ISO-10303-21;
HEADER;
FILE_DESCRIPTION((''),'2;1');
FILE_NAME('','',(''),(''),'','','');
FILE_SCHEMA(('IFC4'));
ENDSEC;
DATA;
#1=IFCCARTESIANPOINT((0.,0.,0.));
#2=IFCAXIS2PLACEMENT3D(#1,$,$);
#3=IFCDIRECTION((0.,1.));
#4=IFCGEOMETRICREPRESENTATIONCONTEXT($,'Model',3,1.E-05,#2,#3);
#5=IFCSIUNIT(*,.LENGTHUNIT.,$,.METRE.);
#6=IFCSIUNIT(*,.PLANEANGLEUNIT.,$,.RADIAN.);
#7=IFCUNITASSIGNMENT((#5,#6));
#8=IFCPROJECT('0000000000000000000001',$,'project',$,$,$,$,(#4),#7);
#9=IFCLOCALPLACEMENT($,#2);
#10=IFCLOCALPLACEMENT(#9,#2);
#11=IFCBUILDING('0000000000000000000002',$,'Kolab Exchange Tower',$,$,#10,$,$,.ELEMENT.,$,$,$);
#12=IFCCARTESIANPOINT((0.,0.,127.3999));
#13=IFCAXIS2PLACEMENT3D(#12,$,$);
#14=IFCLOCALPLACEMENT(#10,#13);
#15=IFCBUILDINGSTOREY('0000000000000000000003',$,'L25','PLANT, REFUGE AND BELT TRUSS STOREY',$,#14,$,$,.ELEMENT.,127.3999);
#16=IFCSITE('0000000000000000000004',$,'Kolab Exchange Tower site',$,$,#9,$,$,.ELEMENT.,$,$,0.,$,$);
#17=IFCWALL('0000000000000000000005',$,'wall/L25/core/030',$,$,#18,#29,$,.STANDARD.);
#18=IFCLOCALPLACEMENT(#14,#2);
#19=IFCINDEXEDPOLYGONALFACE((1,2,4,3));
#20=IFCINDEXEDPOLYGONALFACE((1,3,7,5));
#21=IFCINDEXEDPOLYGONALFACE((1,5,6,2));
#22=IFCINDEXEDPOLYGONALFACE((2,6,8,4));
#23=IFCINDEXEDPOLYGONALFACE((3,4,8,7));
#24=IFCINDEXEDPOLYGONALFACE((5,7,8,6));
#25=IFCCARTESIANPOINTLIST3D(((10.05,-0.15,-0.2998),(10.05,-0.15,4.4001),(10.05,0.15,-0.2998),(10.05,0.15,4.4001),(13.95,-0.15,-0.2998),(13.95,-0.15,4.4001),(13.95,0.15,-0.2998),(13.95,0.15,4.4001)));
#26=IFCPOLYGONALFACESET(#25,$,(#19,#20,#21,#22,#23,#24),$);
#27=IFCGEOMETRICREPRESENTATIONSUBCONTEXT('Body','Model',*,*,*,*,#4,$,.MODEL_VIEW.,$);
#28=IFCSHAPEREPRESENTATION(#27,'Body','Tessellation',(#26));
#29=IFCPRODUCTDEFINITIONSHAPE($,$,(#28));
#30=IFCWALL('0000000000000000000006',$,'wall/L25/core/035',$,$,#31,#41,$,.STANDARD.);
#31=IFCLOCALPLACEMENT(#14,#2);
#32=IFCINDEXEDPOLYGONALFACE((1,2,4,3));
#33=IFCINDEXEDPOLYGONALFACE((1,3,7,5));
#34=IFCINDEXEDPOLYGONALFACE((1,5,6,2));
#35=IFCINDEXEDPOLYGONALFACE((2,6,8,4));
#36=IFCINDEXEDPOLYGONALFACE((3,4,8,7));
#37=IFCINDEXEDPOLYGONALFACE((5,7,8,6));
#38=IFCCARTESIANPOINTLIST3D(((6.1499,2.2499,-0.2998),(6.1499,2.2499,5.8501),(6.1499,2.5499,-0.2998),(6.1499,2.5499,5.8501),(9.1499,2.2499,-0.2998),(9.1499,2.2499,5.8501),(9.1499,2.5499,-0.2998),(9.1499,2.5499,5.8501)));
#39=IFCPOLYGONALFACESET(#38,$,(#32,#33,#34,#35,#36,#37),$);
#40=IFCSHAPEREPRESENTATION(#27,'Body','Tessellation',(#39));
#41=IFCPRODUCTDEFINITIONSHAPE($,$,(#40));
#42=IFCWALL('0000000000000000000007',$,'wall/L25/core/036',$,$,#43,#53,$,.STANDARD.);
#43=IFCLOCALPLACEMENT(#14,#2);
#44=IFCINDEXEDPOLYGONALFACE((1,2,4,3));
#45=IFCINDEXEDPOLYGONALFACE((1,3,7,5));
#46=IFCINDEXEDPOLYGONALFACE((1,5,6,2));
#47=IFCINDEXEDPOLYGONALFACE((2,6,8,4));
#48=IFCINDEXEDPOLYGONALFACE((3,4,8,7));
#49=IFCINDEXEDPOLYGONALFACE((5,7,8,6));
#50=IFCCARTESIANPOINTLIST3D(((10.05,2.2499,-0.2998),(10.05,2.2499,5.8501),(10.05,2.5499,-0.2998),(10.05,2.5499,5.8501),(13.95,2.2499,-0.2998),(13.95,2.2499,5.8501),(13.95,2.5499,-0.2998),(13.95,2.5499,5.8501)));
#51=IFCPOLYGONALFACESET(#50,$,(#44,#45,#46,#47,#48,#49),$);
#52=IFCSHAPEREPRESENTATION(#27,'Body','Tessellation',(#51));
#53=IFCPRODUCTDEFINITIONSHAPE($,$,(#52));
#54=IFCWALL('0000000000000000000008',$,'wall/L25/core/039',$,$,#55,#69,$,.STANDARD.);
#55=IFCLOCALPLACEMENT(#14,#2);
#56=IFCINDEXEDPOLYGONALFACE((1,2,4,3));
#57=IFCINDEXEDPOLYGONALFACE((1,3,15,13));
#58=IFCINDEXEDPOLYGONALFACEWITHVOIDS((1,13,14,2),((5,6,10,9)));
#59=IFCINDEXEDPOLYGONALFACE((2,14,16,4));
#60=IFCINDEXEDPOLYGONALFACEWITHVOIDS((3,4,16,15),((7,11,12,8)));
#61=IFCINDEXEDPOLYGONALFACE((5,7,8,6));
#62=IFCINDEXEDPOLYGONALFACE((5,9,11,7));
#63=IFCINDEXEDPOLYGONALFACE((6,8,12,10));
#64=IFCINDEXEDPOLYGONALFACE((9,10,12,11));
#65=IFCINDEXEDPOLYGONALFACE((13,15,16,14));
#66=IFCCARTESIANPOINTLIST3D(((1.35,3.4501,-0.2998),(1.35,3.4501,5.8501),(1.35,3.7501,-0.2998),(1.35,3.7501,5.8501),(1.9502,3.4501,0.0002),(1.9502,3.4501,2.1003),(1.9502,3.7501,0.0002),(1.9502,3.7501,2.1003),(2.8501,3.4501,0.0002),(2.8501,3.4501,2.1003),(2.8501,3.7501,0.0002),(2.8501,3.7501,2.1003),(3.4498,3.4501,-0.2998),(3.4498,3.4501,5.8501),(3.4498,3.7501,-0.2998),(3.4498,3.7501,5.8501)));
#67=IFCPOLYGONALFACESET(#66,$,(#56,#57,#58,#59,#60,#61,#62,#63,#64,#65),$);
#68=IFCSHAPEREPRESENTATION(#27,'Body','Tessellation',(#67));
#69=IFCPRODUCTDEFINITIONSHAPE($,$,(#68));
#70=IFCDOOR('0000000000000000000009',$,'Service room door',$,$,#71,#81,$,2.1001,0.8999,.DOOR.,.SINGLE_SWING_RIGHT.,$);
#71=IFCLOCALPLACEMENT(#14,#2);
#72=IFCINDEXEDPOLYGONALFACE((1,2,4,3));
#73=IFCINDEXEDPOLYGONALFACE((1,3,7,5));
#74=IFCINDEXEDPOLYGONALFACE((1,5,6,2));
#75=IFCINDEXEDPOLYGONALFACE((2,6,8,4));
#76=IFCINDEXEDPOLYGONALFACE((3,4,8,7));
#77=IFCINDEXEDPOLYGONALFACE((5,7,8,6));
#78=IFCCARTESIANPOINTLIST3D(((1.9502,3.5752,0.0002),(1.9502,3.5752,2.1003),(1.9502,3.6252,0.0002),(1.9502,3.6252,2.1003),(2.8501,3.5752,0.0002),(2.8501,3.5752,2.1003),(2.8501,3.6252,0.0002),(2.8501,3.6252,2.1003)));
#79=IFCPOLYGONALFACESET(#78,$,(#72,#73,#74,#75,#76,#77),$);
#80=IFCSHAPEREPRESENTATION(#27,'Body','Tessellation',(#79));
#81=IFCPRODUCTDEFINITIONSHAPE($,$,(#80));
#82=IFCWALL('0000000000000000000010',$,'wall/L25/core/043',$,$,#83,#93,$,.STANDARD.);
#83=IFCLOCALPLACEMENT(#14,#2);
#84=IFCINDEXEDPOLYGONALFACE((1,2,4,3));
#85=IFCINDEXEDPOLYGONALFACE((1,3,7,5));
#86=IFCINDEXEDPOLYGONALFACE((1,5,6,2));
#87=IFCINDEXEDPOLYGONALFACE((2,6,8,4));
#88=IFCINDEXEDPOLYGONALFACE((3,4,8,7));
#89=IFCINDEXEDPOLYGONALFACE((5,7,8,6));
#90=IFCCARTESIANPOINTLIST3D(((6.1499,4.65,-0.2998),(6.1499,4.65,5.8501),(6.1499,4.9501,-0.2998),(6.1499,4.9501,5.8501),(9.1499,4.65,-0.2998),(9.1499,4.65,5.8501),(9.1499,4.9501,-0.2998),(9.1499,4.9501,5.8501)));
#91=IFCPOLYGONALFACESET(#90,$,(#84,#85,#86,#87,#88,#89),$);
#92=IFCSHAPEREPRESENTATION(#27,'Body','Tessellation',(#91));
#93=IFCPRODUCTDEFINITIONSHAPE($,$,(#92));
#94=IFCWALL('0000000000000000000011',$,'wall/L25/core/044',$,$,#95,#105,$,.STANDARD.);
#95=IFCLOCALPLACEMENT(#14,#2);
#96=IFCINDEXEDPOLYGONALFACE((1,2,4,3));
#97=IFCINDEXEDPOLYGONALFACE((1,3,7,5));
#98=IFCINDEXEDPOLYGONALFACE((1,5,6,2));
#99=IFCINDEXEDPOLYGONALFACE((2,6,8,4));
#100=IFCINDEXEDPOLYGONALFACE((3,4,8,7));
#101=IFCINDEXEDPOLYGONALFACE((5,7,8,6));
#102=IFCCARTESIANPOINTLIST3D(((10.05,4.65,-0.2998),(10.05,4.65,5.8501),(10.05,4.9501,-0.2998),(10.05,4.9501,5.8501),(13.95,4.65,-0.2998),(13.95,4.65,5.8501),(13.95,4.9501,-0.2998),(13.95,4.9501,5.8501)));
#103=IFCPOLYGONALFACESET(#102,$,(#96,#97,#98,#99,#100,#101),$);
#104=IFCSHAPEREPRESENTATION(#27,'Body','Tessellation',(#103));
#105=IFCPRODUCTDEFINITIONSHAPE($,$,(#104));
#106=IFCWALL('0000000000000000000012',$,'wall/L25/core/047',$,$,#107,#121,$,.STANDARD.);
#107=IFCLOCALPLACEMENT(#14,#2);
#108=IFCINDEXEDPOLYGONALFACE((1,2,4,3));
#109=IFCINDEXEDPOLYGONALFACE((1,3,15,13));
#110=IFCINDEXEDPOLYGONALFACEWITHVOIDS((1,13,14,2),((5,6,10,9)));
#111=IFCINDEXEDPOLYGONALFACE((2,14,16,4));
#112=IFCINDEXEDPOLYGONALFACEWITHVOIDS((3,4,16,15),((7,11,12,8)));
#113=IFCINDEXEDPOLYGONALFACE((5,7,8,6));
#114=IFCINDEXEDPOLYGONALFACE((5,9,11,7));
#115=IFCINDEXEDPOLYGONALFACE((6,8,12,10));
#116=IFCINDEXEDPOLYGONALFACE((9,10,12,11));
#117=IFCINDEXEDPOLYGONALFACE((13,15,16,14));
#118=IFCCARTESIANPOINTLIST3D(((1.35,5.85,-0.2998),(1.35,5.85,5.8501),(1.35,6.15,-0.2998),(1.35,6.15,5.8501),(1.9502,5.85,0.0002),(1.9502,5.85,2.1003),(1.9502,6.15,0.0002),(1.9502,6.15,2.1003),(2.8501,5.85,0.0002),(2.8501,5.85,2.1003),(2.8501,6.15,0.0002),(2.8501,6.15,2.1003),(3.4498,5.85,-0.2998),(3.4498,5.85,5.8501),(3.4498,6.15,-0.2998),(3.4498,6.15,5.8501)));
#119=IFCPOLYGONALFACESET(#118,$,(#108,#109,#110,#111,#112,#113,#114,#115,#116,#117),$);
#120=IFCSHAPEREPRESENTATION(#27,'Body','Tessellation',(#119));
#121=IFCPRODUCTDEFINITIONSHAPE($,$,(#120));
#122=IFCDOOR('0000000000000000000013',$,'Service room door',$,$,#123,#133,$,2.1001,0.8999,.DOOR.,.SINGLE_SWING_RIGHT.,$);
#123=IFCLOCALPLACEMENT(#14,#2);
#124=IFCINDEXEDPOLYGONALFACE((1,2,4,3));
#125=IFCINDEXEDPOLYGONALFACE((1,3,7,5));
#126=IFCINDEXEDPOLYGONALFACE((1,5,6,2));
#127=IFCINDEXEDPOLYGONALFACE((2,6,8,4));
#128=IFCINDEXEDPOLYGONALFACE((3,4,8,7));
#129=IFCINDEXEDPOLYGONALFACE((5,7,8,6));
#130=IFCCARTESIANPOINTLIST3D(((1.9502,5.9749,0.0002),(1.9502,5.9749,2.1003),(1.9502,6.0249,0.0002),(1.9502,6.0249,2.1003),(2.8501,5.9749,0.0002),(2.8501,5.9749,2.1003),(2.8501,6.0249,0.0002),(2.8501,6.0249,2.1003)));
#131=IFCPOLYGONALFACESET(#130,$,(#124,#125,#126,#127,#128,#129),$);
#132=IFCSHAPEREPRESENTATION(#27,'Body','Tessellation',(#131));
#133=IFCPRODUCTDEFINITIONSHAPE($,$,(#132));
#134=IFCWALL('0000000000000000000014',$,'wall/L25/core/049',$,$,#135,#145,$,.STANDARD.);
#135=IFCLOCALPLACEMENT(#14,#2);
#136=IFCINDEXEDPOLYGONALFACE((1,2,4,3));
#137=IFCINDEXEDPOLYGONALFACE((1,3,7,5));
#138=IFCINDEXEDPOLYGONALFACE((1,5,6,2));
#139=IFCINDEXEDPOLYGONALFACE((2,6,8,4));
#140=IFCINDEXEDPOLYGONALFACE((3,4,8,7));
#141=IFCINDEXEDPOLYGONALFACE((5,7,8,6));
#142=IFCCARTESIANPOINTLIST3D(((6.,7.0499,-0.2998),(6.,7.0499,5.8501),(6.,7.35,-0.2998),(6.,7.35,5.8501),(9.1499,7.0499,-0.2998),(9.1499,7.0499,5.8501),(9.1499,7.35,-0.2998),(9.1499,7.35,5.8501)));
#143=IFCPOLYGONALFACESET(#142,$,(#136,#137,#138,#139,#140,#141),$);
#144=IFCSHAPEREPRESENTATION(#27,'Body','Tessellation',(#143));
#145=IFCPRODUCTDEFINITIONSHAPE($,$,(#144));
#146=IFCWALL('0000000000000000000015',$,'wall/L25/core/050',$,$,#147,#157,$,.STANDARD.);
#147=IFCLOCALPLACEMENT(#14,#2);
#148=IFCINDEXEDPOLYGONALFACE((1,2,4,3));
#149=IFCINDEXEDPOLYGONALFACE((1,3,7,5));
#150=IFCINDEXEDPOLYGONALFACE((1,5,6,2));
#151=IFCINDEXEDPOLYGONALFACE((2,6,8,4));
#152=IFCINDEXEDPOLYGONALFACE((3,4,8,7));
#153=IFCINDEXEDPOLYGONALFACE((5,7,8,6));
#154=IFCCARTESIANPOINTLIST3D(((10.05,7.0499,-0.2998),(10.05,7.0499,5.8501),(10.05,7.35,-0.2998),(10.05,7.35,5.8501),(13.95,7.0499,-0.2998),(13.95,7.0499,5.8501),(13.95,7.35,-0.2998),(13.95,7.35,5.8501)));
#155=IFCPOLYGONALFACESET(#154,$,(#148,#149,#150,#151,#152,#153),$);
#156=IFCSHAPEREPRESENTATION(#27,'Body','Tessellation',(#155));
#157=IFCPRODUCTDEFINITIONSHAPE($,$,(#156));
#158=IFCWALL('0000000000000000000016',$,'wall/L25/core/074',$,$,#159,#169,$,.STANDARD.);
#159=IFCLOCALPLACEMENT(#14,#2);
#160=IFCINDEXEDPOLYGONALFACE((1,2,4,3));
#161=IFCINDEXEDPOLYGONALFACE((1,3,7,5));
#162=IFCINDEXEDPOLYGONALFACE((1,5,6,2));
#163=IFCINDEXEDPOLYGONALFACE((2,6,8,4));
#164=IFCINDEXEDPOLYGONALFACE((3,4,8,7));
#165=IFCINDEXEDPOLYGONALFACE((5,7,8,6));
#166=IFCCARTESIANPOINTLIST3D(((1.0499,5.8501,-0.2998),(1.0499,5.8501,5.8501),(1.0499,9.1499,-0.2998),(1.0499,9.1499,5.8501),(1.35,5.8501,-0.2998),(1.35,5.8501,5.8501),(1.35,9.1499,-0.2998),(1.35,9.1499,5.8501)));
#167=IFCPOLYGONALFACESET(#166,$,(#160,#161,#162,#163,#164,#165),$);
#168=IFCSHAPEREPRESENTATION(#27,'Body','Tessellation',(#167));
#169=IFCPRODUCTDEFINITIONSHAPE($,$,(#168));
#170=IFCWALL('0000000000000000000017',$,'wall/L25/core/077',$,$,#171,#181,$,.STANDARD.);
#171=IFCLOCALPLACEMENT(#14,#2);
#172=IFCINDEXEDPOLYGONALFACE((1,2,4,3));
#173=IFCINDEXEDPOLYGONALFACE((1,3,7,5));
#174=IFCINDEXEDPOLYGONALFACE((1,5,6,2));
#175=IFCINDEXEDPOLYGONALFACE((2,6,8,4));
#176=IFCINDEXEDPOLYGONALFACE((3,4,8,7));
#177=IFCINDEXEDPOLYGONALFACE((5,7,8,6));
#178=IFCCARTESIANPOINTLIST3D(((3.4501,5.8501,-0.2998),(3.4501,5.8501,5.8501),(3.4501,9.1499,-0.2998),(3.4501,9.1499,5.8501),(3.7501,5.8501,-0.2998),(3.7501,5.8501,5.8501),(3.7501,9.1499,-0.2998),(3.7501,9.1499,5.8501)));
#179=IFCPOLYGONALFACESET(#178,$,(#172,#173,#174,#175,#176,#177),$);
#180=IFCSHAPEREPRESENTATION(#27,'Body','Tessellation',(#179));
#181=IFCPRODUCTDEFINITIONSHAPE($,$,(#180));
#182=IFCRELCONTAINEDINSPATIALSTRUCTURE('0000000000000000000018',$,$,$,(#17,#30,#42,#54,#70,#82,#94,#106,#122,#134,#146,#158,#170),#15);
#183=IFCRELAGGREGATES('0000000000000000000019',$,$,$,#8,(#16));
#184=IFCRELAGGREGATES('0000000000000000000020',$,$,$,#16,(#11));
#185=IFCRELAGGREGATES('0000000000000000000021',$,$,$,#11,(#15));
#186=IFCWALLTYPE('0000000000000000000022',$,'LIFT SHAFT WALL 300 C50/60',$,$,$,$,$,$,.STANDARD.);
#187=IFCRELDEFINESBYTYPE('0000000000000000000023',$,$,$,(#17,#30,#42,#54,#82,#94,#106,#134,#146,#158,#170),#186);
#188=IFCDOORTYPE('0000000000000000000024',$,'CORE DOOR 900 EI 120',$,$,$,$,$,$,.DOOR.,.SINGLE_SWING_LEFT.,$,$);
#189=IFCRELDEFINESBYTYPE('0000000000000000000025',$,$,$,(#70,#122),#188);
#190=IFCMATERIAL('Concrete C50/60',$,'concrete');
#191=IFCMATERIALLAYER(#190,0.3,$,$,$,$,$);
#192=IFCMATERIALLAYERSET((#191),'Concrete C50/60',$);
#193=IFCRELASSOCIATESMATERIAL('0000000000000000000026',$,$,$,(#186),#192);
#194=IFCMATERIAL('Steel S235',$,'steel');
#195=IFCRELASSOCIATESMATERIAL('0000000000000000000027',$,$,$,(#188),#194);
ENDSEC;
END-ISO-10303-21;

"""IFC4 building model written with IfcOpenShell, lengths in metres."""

from ifc_helpers import new_model, si_unit, direction, frame, frame_2d, origin, place, context, subcontext, project, spatial, rectangle, extrude, material, layer, layer_set, type_object, element, fill, save


model = new_model("IFC4")

# Units and contexts
model_context = context("Model", 3, precision=1e-05, world=origin(), true_north=direction((0.0, 1.0)))
body_context = subcontext(model_context, "Body", "Model", "MODEL_VIEW")
ifc_project = project(units=[si_unit("LENGTHUNIT", "METRE"), si_unit("PLANEANGLEUNIT", "RADIAN")], contexts=[model_context])

# Site, building, storey
site_placement = place(None, origin())
site = spatial("IfcSite", under=ifc_project, at=site_placement, Name="Kolab Exchange Tower site", CompositionType="ELEMENT", RefElevation=0.0)
building_placement = place(site_placement, origin())
building = spatial("IfcBuilding", under=site, at=building_placement, Name="Kolab Exchange Tower", CompositionType="ELEMENT")
storey_placement = place(building_placement, frame((0.0, 0.0, 127.3999)))
storey = spatial("IfcBuildingStorey", under=building, at=storey_placement, Name="L25", Description="PLANT, REFUGE AND BELT TRUSS STOREY", CompositionType="ELEMENT", Elevation=127.3999)

# Walls
ifc_material_1 = material(Name="Concrete C50/60", Category="concrete")
ifc_layer_1 = layer(ifc_material_1, 0.3)
ifc_layer_set_1 = layer_set([ifc_layer_1], Name="Concrete C50/60")
wall_type_1 = type_object("IfcWallType", Name="LIFT SHAFT WALL 300 C50/60", PredefinedType="STANDARD", material=ifc_layer_set_1)
wall_1_placement = place(storey_placement, frame((10.05, 0.0, -0.2998), z_axis=(0.0, 0.0, 1.0), x_axis=(1.0, 0.0, 0.0)))
element("IfcWall", 1, at=wall_1_placement, inside=storey, type_object=wall_type_1, Name="wall/L25/core/030", PredefinedType="STANDARD", context=body_context, shape_type="SweptSolid", body=[
    extrude(rectangle(XDim=3.8999, YDim=0.3, at=frame_2d((1.95, 0.0))), origin(), (0.0, 0.0, 1.0), 4.7),
])
wall_2_placement = place(storey_placement, frame((6.1499, 2.3999, -0.2998), z_axis=(0.0, 0.0, 1.0), x_axis=(1.0, 0.0, 0.0)))
element("IfcWall", 2, at=wall_2_placement, inside=storey, type_object=wall_type_1, Name="wall/L25/core/035", PredefinedType="STANDARD", context=body_context, shape_type="SweptSolid", body=[
    extrude(rectangle(XDim=3.0, YDim=0.3, at=frame_2d((1.5, 0.0))), origin(), (0.0, 0.0, 1.0), 6.1499),
])
wall_3_placement = place(storey_placement, frame((10.05, 2.3999, -0.2998), z_axis=(0.0, 0.0, 1.0), x_axis=(1.0, 0.0, 0.0)))
element("IfcWall", 3, at=wall_3_placement, inside=storey, type_object=wall_type_1, Name="wall/L25/core/036", PredefinedType="STANDARD", context=body_context, shape_type="SweptSolid", body=[
    extrude(rectangle(XDim=3.8999, YDim=0.3, at=frame_2d((1.95, 0.0))), origin(), (0.0, 0.0, 1.0), 6.1499),
])

# Wall, opening, door
wall_4_placement = place(storey_placement, frame((1.3501, 3.6001, -0.2998), z_axis=(0.0, 0.0, 1.0), x_axis=(1.0, 0.0, 0.0)))
wall_4 = element("IfcWall", 4, at=wall_4_placement, inside=storey, type_object=wall_type_1, Name="wall/L25/core/039", PredefinedType="STANDARD", context=body_context, shape_type="SweptSolid", body=[
    extrude(rectangle(XDim=2.0999, YDim=0.3, at=frame_2d((1.0498, 0.0))), origin(), (0.0, 0.0, 1.0), 6.1499),
])
opening_1_placement = place(wall_4_placement, frame((0.6001, 0.0, 0.3)))
opening_1 = element("IfcOpeningElement", 5, at=opening_1_placement, cuts=wall_4, PredefinedType="OPENING", context=body_context, shape_type="SweptSolid", body=[
    extrude(rectangle(XDim=0.8999, YDim=2.1001, at=frame_2d((0.45, 1.05))), frame((0.0, 0.1602, 0.0), z_axis=(0.0, -1.0, 0.0), x_axis=(1.0, 0.0, 0.0)), (0.0, 0.0, 1.0), 0.3201),
])
ifc_material_2 = material(Name="Steel S235", Category="steel")
door_type_1 = type_object("IfcDoorType", Name="CORE DOOR 900 EI 120", OperationType="SINGLE_SWING_LEFT", PredefinedType="DOOR", material=ifc_material_2)
door_1_placement = place(opening_1_placement, frame((0.8999, 0.0, 0.0), z_axis=(0.0, 0.0, 1.0), x_axis=(-1.0, 0.0, 0.0)))
door_1 = element("IfcDoor", 6, at=door_1_placement, inside=storey, type_object=door_type_1, Name="Service room door", OperationType="SINGLE_SWING_RIGHT", OverallHeight=2.1001, OverallWidth=0.8999, PredefinedType="DOOR", context=body_context, shape_type="SweptSolid", body=[
    extrude(rectangle(XDim=0.8999, YDim=2.1001, at=frame_2d((0.45, 1.05))), frame((0.0, 0.0249, 0.0), z_axis=(0.0, -1.0, 0.0), x_axis=(1.0, 0.0, 0.0)), (0.0, 0.0, 1.0), 0.05),
])
fill(opening_1, door_1)

# Walls
wall_5_placement = place(storey_placement, frame((6.1499, 4.8, -0.2998), z_axis=(0.0, 0.0, 1.0), x_axis=(1.0, 0.0, 0.0)))
element("IfcWall", 7, at=wall_5_placement, inside=storey, type_object=wall_type_1, Name="wall/L25/core/043", PredefinedType="STANDARD", context=body_context, shape_type="SweptSolid", body=[
    extrude(rectangle(XDim=3.0, YDim=0.3, at=frame_2d((1.5, 0.0))), origin(), (0.0, 0.0, 1.0), 6.1499),
])
wall_6_placement = place(storey_placement, frame((10.05, 4.8, -0.2998), z_axis=(0.0, 0.0, 1.0), x_axis=(1.0, 0.0, 0.0)))
element("IfcWall", 8, at=wall_6_placement, inside=storey, type_object=wall_type_1, Name="wall/L25/core/044", PredefinedType="STANDARD", context=body_context, shape_type="SweptSolid", body=[
    extrude(rectangle(XDim=3.8999, YDim=0.3, at=frame_2d((1.95, 0.0))), origin(), (0.0, 0.0, 1.0), 6.1499),
])

# Wall, opening, door
wall_7_placement = place(storey_placement, frame((1.3501, 6.0, -0.2998), z_axis=(0.0, 0.0, 1.0), x_axis=(1.0, 0.0, 0.0)))
wall_7 = element("IfcWall", 9, at=wall_7_placement, inside=storey, type_object=wall_type_1, Name="wall/L25/core/047", PredefinedType="STANDARD", context=body_context, shape_type="SweptSolid", body=[
    extrude(rectangle(XDim=2.0999, YDim=0.3, at=frame_2d((1.0498, 0.0))), origin(), (0.0, 0.0, 1.0), 6.1499),
])
opening_2_placement = place(wall_7_placement, frame((0.6001, 0.0, 0.3)))
opening_2 = element("IfcOpeningElement", 10, at=opening_2_placement, cuts=wall_7, PredefinedType="OPENING", context=body_context, shape_type="SweptSolid", body=[
    extrude(rectangle(XDim=0.8999, YDim=2.1001, at=frame_2d((0.45, 1.05))), frame((0.0, 0.1602, 0.0), z_axis=(0.0, -1.0, 0.0), x_axis=(1.0, 0.0, 0.0)), (0.0, 0.0, 1.0), 0.3201),
])
door_2_placement = place(opening_2_placement, origin())
door_2 = element("IfcDoor", 11, at=door_2_placement, inside=storey, type_object=door_type_1, Name="Service room door", OperationType="SINGLE_SWING_RIGHT", OverallHeight=2.1001, OverallWidth=0.8999, PredefinedType="DOOR", context=body_context, shape_type="SweptSolid", body=[
    extrude(rectangle(XDim=0.8999, YDim=2.1001, at=frame_2d((0.45, 1.05))), frame((0.0, 0.0249, 0.0), z_axis=(0.0, -1.0, 0.0), x_axis=(1.0, 0.0, 0.0)), (0.0, 0.0, 1.0), 0.05),
])
fill(opening_2, door_2)

# Walls
wall_8_placement = place(storey_placement, frame((6.0, 7.2, -0.2998), z_axis=(0.0, 0.0, 1.0), x_axis=(1.0, 0.0, 0.0)))
element("IfcWall", 12, at=wall_8_placement, inside=storey, type_object=wall_type_1, Name="wall/L25/core/049", PredefinedType="STANDARD", context=body_context, shape_type="SweptSolid", body=[
    extrude(rectangle(XDim=3.1499, YDim=0.3, at=frame_2d((1.575, 0.0))), origin(), (0.0, 0.0, 1.0), 6.1499),
])
wall_9_placement = place(storey_placement, frame((10.05, 7.2, -0.2998), z_axis=(0.0, 0.0, 1.0), x_axis=(1.0, 0.0, 0.0)))
element("IfcWall", 13, at=wall_9_placement, inside=storey, type_object=wall_type_1, Name="wall/L25/core/050", PredefinedType="STANDARD", context=body_context, shape_type="SweptSolid", body=[
    extrude(rectangle(XDim=3.8999, YDim=0.3, at=frame_2d((1.95, 0.0))), origin(), (0.0, 0.0, 1.0), 6.1499),
])
for number, where, z_axis, x_axis, name in (
    (14, (1.2, 5.8501, -0.2998), (0.0, 0.0, 1.0), (0.0, 1.0, 0.0), "wall/L25/core/074"),
    (15, (3.6001, 5.8501, -0.2998), (0.0, 0.0, 1.0), (0.0, 1.0, 0.0), "wall/L25/core/077"),
):
    element("IfcWall", number, at=place(storey_placement, frame(where, z_axis=z_axis, x_axis=x_axis)), inside=storey, type_object=wall_type_1, Name=name, PredefinedType="STANDARD", context=body_context, shape_type="SweptSolid", body=[
        extrude(rectangle(XDim=3.2998, YDim=0.3, at=frame_2d((1.6499, 0.0))), origin(), (0.0, 0.0, 1.0), 6.1499),
    ])

save(model, "model.ifc")
